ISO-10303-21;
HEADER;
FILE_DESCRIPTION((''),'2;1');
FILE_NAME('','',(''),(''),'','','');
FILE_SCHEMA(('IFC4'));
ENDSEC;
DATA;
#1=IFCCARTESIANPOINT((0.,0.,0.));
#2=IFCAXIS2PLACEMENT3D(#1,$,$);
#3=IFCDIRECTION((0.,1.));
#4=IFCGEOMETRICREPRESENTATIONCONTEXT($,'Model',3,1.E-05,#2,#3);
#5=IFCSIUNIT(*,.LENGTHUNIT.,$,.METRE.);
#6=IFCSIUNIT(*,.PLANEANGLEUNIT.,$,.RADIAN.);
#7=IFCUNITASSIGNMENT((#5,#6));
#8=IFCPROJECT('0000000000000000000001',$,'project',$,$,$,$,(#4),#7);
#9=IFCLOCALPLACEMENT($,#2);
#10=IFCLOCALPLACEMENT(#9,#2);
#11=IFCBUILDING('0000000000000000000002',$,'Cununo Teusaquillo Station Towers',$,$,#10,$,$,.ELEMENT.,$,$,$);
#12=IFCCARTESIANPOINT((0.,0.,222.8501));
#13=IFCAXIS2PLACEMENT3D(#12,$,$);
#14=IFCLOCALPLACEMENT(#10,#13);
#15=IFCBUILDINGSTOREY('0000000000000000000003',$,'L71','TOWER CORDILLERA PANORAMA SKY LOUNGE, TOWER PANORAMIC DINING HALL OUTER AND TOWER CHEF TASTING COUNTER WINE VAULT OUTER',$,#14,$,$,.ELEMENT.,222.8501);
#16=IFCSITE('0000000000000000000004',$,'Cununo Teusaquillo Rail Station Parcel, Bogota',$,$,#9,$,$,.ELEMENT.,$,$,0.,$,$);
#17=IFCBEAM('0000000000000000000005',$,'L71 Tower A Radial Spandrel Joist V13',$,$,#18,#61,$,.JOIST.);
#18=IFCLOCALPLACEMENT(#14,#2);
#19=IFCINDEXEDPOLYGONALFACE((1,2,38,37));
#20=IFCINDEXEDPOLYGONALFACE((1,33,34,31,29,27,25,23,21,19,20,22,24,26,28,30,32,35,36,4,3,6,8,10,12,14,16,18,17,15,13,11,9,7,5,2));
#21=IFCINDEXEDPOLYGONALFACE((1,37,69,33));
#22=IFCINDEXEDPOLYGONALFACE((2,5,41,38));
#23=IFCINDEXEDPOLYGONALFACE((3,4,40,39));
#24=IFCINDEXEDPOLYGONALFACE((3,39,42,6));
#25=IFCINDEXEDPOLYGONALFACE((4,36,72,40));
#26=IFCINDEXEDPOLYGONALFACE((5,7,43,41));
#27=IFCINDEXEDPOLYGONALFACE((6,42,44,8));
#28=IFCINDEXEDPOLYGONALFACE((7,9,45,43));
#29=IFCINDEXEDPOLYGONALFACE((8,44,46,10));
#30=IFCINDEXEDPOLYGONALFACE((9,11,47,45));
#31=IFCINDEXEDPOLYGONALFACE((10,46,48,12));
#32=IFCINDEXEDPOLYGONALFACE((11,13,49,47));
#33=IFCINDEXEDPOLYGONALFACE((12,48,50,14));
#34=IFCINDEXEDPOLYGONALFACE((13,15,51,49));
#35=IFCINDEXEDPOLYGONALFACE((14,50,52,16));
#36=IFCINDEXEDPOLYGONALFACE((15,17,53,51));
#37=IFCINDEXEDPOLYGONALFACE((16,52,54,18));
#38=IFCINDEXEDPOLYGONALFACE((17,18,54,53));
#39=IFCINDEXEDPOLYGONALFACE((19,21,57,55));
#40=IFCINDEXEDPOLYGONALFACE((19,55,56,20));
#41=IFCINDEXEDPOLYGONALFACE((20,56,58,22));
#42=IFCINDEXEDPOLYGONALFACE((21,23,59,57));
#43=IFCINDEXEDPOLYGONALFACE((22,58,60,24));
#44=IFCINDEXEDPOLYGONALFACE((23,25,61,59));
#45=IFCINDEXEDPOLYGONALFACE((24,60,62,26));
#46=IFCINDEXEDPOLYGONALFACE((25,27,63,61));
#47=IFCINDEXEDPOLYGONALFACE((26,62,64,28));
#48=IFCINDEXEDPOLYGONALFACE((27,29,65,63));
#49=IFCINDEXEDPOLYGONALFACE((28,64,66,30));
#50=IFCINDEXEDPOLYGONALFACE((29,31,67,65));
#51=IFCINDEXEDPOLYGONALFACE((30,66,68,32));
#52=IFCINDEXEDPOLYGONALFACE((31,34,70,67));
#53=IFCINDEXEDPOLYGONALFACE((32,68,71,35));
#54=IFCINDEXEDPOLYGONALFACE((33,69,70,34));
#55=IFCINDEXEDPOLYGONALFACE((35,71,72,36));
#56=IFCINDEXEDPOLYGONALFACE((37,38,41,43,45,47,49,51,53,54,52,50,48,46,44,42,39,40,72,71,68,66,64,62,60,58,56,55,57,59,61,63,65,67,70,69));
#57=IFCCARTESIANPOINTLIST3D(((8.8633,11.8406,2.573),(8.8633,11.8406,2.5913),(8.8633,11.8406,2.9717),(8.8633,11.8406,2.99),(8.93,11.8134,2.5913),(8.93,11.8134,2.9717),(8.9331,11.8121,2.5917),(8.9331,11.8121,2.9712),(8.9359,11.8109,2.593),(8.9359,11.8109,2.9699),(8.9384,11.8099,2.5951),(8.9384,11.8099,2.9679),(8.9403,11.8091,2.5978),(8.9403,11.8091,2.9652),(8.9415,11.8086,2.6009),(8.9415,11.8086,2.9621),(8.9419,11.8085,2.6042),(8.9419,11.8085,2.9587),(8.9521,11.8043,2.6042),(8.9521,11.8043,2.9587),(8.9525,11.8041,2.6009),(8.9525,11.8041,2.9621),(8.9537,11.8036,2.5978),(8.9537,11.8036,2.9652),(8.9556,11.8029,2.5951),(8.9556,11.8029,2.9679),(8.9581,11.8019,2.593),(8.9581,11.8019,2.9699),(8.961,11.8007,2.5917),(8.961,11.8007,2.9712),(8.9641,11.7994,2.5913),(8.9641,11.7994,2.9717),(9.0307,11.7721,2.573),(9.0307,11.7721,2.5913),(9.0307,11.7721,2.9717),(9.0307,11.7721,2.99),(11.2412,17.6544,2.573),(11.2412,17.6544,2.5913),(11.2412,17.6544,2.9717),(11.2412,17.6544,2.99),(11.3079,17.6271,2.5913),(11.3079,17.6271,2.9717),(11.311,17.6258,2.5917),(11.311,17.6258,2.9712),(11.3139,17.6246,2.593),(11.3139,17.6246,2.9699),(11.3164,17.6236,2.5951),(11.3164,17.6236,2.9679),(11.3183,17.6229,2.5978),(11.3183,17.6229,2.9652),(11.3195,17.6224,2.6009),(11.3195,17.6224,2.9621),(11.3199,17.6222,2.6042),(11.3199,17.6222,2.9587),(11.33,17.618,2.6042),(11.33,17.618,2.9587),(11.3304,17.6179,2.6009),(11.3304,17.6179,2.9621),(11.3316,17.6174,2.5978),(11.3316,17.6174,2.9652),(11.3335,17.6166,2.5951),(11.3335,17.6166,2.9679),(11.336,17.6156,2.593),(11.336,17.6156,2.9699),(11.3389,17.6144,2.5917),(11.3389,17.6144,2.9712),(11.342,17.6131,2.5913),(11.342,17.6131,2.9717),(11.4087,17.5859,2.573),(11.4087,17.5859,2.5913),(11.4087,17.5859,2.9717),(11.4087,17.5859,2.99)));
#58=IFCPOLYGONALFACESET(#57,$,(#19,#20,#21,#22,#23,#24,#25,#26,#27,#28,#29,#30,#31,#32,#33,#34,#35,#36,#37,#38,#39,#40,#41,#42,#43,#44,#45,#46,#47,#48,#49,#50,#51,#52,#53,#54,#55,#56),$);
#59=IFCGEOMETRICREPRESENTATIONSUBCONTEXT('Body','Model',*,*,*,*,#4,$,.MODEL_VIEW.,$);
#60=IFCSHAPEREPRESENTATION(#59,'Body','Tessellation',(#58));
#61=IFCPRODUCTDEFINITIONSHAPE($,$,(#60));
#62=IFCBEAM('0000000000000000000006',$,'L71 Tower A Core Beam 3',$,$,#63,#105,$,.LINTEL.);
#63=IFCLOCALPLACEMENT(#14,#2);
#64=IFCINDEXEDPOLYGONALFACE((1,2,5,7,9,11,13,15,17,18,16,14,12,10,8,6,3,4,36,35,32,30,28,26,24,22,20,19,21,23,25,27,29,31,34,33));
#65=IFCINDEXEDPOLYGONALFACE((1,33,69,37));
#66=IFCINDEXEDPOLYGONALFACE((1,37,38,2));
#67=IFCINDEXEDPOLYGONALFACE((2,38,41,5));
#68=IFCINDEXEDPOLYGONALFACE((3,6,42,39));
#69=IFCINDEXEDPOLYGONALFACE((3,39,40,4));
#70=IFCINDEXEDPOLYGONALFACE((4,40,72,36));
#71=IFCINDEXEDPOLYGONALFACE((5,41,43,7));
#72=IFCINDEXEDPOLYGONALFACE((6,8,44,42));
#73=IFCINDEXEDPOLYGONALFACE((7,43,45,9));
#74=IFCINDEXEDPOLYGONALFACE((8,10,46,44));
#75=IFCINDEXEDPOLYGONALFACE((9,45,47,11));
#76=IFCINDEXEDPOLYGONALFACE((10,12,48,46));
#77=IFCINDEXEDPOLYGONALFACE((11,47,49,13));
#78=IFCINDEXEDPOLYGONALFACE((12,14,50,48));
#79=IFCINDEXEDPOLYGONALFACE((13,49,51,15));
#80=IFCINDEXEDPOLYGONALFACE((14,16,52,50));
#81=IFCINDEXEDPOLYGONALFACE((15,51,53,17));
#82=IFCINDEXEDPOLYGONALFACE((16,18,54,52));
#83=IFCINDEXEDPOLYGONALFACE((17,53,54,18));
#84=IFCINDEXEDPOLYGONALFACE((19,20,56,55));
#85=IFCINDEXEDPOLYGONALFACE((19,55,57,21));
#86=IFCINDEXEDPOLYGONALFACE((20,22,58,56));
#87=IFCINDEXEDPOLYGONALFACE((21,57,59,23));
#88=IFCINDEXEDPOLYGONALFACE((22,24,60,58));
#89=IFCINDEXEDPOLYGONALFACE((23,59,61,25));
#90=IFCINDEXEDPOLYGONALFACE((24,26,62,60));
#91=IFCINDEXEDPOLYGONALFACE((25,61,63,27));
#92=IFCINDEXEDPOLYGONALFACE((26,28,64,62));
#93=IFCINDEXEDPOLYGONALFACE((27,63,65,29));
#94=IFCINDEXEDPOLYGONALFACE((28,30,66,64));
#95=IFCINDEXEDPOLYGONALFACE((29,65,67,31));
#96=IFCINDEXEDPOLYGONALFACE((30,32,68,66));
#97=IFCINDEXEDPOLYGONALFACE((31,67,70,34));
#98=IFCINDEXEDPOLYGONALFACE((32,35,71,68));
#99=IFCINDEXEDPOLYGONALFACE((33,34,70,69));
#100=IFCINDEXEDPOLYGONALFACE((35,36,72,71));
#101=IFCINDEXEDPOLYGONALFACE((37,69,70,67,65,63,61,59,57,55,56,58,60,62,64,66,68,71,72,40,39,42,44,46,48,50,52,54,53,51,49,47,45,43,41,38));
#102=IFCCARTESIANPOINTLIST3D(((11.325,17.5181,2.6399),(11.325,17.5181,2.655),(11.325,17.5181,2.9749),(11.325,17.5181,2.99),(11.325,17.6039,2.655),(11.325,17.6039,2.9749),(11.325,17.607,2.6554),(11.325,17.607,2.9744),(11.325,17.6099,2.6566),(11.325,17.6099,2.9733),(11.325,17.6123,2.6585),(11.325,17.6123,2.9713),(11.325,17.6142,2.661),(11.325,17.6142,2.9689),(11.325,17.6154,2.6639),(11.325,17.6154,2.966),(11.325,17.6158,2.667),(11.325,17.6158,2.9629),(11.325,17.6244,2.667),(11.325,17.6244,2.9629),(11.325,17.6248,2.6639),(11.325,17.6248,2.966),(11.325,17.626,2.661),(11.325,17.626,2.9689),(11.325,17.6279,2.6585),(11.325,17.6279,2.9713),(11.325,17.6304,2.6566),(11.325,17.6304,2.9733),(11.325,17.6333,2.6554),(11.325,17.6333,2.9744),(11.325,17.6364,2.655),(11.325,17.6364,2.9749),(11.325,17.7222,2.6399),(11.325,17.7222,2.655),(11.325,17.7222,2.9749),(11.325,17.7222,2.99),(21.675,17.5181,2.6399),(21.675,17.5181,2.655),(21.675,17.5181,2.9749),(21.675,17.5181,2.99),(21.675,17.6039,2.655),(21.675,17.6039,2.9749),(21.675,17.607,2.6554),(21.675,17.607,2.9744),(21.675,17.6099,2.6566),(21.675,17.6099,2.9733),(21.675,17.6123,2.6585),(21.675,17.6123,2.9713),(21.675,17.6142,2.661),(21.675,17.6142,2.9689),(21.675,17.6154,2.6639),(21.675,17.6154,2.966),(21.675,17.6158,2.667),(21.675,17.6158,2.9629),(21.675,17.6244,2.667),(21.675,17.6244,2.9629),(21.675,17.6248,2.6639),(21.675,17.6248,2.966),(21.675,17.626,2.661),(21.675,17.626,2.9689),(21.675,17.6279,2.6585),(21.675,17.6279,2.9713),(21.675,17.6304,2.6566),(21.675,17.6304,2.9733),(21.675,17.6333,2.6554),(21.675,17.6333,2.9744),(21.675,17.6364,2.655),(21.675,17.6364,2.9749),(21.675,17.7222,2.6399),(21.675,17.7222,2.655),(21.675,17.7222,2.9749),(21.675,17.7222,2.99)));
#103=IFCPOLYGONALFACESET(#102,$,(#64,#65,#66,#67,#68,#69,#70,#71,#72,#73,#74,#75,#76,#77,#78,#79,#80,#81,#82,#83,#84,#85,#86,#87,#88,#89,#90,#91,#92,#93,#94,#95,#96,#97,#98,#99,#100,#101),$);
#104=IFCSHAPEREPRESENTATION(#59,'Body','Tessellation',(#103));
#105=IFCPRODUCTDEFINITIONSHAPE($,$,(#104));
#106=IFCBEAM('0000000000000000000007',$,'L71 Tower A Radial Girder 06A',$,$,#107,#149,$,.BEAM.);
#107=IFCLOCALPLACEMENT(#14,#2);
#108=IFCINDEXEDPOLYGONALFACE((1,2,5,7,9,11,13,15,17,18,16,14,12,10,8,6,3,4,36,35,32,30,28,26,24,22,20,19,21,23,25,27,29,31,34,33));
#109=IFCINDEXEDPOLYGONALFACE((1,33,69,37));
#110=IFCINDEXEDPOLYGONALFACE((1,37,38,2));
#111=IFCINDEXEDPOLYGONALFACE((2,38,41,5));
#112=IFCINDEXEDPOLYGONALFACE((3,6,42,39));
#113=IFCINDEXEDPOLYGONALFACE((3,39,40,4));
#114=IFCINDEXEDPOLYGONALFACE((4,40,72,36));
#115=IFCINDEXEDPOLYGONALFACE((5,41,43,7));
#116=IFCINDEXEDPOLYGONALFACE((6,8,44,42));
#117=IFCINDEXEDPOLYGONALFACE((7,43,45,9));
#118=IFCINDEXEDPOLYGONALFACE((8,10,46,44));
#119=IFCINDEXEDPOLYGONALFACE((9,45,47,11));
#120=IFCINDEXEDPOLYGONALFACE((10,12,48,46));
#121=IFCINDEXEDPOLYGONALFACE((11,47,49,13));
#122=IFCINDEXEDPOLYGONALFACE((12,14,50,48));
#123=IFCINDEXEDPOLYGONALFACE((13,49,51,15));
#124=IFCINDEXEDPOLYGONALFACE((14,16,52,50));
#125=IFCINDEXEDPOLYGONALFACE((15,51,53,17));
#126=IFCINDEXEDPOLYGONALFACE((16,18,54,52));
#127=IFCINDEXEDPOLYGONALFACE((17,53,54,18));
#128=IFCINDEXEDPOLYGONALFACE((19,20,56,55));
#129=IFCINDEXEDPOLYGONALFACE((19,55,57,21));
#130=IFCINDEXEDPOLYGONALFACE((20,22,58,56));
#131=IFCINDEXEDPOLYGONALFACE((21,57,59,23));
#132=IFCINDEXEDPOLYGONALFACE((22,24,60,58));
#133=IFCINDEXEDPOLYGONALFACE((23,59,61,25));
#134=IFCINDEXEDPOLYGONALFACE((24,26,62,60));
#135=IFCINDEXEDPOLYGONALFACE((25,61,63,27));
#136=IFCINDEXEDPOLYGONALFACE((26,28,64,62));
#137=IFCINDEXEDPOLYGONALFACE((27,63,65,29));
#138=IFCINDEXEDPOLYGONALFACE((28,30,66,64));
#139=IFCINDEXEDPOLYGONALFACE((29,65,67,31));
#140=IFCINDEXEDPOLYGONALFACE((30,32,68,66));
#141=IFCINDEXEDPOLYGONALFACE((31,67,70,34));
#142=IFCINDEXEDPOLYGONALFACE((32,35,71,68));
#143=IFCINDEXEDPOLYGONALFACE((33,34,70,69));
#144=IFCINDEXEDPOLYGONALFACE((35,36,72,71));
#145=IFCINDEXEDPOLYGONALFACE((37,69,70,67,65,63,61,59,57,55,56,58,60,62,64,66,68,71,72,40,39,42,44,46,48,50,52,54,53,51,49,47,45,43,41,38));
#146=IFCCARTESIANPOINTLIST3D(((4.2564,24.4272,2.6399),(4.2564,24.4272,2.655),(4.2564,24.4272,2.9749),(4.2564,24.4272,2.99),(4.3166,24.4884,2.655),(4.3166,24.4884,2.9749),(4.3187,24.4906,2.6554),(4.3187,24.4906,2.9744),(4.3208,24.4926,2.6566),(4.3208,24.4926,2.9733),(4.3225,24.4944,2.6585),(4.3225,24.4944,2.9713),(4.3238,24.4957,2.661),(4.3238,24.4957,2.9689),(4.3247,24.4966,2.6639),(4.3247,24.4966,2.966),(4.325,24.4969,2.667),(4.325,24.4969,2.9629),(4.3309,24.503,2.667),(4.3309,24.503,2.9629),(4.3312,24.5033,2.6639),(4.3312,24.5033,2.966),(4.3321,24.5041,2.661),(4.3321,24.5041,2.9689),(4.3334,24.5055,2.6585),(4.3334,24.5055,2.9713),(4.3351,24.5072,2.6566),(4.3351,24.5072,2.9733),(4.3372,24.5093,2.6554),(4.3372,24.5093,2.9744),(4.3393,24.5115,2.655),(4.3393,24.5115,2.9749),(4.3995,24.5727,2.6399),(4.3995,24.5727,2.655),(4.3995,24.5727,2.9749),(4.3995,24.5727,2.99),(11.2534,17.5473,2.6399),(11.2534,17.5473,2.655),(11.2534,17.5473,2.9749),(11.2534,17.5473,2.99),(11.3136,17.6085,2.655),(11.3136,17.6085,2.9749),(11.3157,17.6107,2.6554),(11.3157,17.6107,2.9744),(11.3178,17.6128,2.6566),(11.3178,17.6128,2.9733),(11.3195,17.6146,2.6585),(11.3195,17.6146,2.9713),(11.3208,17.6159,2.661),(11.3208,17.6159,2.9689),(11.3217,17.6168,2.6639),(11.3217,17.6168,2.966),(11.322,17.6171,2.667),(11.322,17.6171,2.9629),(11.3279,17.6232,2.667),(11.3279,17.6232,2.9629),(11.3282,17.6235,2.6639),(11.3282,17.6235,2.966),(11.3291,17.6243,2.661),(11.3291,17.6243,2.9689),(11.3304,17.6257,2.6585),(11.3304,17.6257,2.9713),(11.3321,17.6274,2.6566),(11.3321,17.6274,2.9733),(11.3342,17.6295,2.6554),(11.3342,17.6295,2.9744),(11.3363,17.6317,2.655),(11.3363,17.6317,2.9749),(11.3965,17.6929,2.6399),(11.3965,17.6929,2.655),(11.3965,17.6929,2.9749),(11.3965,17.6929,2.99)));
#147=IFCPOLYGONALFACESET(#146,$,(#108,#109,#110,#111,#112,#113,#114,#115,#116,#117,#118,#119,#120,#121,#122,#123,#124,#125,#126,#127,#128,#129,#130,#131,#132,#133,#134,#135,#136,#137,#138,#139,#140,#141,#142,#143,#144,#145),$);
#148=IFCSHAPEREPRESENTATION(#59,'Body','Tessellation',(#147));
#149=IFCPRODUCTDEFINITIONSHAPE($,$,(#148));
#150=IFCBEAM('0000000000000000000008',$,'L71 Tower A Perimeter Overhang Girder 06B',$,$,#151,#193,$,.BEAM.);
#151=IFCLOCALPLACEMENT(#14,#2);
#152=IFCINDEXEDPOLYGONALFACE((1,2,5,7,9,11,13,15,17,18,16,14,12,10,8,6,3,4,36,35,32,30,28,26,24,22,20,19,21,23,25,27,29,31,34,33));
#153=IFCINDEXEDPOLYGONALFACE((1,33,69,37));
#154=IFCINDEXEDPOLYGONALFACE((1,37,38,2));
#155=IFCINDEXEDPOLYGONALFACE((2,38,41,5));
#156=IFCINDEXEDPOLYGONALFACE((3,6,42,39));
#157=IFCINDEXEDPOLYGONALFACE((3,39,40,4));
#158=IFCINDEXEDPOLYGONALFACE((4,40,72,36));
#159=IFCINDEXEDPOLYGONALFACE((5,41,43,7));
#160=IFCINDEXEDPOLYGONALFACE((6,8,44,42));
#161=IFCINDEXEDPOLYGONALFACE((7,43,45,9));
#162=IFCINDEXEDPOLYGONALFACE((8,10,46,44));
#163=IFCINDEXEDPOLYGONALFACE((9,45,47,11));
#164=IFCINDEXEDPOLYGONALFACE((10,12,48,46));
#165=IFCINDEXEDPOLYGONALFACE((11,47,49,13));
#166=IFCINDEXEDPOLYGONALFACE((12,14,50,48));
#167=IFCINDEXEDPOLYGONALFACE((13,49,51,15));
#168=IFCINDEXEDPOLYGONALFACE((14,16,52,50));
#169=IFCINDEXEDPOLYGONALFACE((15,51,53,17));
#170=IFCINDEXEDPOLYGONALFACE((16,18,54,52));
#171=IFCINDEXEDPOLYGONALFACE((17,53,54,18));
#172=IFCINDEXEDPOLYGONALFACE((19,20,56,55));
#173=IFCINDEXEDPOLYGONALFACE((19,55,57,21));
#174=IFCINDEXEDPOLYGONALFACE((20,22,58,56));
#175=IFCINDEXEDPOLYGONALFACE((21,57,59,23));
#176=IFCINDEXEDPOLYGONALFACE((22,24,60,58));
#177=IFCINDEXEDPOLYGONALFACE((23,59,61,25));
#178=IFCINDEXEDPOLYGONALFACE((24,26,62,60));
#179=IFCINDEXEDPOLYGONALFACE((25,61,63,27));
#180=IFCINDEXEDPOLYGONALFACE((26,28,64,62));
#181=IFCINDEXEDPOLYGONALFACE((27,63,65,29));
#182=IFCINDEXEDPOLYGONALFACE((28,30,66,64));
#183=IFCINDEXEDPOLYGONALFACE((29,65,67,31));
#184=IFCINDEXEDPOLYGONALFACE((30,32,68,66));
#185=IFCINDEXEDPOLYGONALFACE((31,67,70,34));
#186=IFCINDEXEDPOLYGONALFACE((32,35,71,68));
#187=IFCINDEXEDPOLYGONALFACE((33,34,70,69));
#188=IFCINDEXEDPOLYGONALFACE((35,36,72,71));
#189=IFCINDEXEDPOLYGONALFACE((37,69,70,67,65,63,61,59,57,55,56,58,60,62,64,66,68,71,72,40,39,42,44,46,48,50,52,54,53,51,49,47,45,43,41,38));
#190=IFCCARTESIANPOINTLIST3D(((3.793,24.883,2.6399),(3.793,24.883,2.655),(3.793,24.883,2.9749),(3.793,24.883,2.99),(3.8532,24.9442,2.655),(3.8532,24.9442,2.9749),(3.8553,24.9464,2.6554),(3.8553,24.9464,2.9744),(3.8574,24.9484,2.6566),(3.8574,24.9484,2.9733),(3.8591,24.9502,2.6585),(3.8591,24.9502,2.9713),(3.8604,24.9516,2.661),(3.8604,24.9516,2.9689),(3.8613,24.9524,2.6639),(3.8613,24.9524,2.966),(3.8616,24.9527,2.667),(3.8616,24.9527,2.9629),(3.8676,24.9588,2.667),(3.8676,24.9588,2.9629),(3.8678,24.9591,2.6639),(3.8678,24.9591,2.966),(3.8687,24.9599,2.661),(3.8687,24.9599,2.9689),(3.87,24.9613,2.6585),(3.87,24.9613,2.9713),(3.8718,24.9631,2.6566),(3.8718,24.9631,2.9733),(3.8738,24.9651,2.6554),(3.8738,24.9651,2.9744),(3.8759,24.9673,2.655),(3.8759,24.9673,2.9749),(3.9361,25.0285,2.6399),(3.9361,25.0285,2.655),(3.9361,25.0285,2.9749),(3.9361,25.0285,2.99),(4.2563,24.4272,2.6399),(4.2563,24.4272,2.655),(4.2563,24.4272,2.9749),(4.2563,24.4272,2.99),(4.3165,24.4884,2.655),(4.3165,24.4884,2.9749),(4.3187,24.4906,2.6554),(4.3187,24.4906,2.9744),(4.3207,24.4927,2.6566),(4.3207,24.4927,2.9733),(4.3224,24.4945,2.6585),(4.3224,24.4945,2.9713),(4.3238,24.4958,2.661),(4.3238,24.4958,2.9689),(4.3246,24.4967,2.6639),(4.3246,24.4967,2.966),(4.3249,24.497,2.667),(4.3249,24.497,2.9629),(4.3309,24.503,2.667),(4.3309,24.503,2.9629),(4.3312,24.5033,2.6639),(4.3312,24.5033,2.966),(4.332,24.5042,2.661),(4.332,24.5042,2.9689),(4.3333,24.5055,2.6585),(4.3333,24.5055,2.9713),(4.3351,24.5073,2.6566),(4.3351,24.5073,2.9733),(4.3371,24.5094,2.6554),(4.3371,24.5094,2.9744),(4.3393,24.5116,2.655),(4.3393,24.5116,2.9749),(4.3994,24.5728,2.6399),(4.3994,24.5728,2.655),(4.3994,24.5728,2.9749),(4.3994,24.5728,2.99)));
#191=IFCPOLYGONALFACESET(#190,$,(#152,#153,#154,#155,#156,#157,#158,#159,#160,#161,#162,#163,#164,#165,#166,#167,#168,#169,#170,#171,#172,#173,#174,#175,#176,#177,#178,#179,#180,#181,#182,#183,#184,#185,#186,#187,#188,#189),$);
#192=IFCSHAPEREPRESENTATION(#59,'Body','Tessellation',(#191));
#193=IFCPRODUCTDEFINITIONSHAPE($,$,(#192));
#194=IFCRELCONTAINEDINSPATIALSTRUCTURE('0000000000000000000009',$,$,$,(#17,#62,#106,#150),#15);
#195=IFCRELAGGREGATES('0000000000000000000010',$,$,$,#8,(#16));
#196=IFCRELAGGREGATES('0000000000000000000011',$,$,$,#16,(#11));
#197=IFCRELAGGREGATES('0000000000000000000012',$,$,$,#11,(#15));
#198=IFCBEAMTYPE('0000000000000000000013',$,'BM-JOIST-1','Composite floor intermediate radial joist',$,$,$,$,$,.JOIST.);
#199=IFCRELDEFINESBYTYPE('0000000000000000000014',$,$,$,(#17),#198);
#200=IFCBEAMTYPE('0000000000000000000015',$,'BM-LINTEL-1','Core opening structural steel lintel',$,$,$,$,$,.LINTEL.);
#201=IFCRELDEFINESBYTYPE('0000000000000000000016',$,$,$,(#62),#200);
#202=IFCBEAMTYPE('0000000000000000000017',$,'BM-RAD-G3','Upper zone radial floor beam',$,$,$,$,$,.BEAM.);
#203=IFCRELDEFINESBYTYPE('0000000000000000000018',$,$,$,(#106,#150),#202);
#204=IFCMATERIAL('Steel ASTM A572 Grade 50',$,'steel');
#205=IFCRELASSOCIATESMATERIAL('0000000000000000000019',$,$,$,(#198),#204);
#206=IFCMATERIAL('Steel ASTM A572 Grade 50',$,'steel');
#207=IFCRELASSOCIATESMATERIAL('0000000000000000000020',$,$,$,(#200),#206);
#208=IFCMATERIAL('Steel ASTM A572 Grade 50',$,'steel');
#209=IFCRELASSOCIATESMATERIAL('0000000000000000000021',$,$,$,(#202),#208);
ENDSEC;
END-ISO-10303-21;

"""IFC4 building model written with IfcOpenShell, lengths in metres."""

from ifc_helpers import new_model, si_unit, direction, frame, origin, origin_2d, place, context, subcontext, project, spatial, i_section, extrude, material, material_profile, profile_set, type_object, element, save


model = new_model("IFC4")

# Units and contexts
model_context = context("Model", 3, precision=1e-05, world=origin(), true_north=direction((0.0, 1.0)))
body_context = subcontext(model_context, "Body", "Model", "MODEL_VIEW")
ifc_project = project(units=[si_unit("LENGTHUNIT", "METRE"), si_unit("PLANEANGLEUNIT", "RADIAN")], contexts=[model_context])

# Site, building, storey
site_placement = place(None, origin())
site = spatial("IfcSite", under=ifc_project, at=site_placement, Name="Cununo Teusaquillo Rail Station Parcel, Bogota", CompositionType="ELEMENT", RefElevation=0.0)
building_placement = place(site_placement, origin())
building = spatial("IfcBuilding", under=site, at=building_placement, Name="Cununo Teusaquillo Station Towers", CompositionType="ELEMENT")
storey_placement = place(building_placement, frame((0.0, 0.0, 222.8501)))
storey = spatial("IfcBuildingStorey", under=building, at=storey_placement, Name="L71", Description="TOWER CORDILLERA PANORAMA SKY LOUNGE, TOWER PANORAMIC DINING HALL OUTER AND TOWER CHEF TASTING COUNTER WINE VAULT OUTER", CompositionType="ELEMENT", Elevation=222.8501)

# Beams
ifc_material_1 = material(Name="Steel ASTM A572 Grade 50", Category="steel")
ifc_material_profile_1 = material_profile(ifc_material_1, i_section(OverallWidth=0.1809, OverallDepth=0.417, WebThickness=0.011, FlangeThickness=0.0183, FilletRadius=0.0129, at=origin_2d()), Name="W16X57")
ifc_profile_set_1 = profile_set([ifc_material_profile_1], Name="Steel ASTM A572 Grade 50")
beam_type_1 = type_object("IfcBeamType", Name="BM-JOIST-1", Description="Composite floor intermediate radial joist", PredefinedType="JOIST", material=ifc_profile_set_1)
beam_1_placement = place(storey_placement, frame((11.325, 17.6201, 2.7815), z_axis=(-0.378577, -0.92557, 0.0), x_axis=(0.92557, -0.378577, 0.0)))
element("IfcBeam", 1, at=beam_1_placement, inside=storey, type_object=beam_type_1, Name="L71 Tower A Radial Spandrel Joist V13", PredefinedType="JOIST", context=body_context, shape_type="SweptSolid", body=[
    extrude(i_section(OverallWidth=0.1809, OverallDepth=0.417, WebThickness=0.011, FlangeThickness=0.0183, FilletRadius=0.0129, at=origin_2d()), origin(), (0.0, 0.0, 1.0), 6.2812),
])
ifc_material_2 = material(Name="Steel ASTM A572 Grade 50", Category="steel")
ifc_material_profile_2 = material_profile(ifc_material_2, i_section(OverallWidth=0.2041, OverallDepth=0.3501, WebThickness=0.0085, FlangeThickness=0.0151, FilletRadius=0.012, at=origin_2d()), Name="W14X48")
ifc_profile_set_2 = profile_set([ifc_material_profile_2], Name="Steel ASTM A572 Grade 50")
beam_type_2 = type_object("IfcBeamType", Name="BM-LINTEL-1", Description="Core opening structural steel lintel", PredefinedType="LINTEL", material=ifc_profile_set_2)
beam_2_placement = place(storey_placement, frame((11.325, 17.6201, 2.8149), z_axis=(1.0, 0.0, 0.0), x_axis=(0.0, 1.0, 0.0)))
element("IfcBeam", 2, at=beam_2_placement, inside=storey, type_object=beam_type_2, Name="L71 Tower A Core Beam 3", PredefinedType="LINTEL", context=body_context, shape_type="SweptSolid", body=[
    extrude(i_section(OverallWidth=0.2041, OverallDepth=0.3501, WebThickness=0.0085, FlangeThickness=0.0151, FilletRadius=0.012, at=origin_2d()), origin(), (0.0, 0.0, 1.0), 10.3501),
])
ifc_material_3 = material(Name="Steel ASTM A572 Grade 50", Category="steel")
ifc_material_profile_3 = material_profile(ifc_material_3, i_section(OverallWidth=0.2041, OverallDepth=0.3501, WebThickness=0.0085, FlangeThickness=0.0151, FilletRadius=0.012, at=origin_2d()), Name="W14X48")
ifc_profile_set_3 = profile_set([ifc_material_profile_3], Name="Steel ASTM A572 Grade 50")
beam_type_3 = type_object("IfcBeamType", Name="BM-RAD-G3", Description="Upper zone radial floor beam", PredefinedType="BEAM", material=ifc_profile_set_3)
beam_3_placement = place(storey_placement, frame((11.325, 17.6201, 2.8149), z_axis=(-0.713053, 0.70111, 0.0), x_axis=(-0.70111, -0.713053, 0.0)))
element("IfcBeam", 3, at=beam_3_placement, inside=storey, type_object=beam_type_3, Name="L71 Tower A Radial Girder 06A", PredefinedType="BEAM", context=body_context, shape_type="SweptSolid", body=[
    extrude(i_section(OverallWidth=0.2041, OverallDepth=0.3501, WebThickness=0.0085, FlangeThickness=0.0151, FilletRadius=0.012, at=origin_2d()), origin(), (0.0, 0.0, 1.0), 9.8127),
])
beam_4_placement = place(storey_placement, frame((4.3279, 24.5, 2.8149), z_axis=(-0.712905, 0.701261, 0.0), x_axis=(-0.701261, -0.712905, 0.0)))
element("IfcBeam", 4, at=beam_4_placement, inside=storey, type_object=beam_type_3, Name="L71 Tower A Perimeter Overhang Girder 06B", PredefinedType="BEAM", context=body_context, shape_type="SweptSolid", body=[
    extrude(i_section(OverallWidth=0.2041, OverallDepth=0.3501, WebThickness=0.0085, FlangeThickness=0.0151, FilletRadius=0.012, at=origin_2d()), origin(), (0.0, 0.0, 1.0), 0.6499),
])

save(model, "model.ifc")
